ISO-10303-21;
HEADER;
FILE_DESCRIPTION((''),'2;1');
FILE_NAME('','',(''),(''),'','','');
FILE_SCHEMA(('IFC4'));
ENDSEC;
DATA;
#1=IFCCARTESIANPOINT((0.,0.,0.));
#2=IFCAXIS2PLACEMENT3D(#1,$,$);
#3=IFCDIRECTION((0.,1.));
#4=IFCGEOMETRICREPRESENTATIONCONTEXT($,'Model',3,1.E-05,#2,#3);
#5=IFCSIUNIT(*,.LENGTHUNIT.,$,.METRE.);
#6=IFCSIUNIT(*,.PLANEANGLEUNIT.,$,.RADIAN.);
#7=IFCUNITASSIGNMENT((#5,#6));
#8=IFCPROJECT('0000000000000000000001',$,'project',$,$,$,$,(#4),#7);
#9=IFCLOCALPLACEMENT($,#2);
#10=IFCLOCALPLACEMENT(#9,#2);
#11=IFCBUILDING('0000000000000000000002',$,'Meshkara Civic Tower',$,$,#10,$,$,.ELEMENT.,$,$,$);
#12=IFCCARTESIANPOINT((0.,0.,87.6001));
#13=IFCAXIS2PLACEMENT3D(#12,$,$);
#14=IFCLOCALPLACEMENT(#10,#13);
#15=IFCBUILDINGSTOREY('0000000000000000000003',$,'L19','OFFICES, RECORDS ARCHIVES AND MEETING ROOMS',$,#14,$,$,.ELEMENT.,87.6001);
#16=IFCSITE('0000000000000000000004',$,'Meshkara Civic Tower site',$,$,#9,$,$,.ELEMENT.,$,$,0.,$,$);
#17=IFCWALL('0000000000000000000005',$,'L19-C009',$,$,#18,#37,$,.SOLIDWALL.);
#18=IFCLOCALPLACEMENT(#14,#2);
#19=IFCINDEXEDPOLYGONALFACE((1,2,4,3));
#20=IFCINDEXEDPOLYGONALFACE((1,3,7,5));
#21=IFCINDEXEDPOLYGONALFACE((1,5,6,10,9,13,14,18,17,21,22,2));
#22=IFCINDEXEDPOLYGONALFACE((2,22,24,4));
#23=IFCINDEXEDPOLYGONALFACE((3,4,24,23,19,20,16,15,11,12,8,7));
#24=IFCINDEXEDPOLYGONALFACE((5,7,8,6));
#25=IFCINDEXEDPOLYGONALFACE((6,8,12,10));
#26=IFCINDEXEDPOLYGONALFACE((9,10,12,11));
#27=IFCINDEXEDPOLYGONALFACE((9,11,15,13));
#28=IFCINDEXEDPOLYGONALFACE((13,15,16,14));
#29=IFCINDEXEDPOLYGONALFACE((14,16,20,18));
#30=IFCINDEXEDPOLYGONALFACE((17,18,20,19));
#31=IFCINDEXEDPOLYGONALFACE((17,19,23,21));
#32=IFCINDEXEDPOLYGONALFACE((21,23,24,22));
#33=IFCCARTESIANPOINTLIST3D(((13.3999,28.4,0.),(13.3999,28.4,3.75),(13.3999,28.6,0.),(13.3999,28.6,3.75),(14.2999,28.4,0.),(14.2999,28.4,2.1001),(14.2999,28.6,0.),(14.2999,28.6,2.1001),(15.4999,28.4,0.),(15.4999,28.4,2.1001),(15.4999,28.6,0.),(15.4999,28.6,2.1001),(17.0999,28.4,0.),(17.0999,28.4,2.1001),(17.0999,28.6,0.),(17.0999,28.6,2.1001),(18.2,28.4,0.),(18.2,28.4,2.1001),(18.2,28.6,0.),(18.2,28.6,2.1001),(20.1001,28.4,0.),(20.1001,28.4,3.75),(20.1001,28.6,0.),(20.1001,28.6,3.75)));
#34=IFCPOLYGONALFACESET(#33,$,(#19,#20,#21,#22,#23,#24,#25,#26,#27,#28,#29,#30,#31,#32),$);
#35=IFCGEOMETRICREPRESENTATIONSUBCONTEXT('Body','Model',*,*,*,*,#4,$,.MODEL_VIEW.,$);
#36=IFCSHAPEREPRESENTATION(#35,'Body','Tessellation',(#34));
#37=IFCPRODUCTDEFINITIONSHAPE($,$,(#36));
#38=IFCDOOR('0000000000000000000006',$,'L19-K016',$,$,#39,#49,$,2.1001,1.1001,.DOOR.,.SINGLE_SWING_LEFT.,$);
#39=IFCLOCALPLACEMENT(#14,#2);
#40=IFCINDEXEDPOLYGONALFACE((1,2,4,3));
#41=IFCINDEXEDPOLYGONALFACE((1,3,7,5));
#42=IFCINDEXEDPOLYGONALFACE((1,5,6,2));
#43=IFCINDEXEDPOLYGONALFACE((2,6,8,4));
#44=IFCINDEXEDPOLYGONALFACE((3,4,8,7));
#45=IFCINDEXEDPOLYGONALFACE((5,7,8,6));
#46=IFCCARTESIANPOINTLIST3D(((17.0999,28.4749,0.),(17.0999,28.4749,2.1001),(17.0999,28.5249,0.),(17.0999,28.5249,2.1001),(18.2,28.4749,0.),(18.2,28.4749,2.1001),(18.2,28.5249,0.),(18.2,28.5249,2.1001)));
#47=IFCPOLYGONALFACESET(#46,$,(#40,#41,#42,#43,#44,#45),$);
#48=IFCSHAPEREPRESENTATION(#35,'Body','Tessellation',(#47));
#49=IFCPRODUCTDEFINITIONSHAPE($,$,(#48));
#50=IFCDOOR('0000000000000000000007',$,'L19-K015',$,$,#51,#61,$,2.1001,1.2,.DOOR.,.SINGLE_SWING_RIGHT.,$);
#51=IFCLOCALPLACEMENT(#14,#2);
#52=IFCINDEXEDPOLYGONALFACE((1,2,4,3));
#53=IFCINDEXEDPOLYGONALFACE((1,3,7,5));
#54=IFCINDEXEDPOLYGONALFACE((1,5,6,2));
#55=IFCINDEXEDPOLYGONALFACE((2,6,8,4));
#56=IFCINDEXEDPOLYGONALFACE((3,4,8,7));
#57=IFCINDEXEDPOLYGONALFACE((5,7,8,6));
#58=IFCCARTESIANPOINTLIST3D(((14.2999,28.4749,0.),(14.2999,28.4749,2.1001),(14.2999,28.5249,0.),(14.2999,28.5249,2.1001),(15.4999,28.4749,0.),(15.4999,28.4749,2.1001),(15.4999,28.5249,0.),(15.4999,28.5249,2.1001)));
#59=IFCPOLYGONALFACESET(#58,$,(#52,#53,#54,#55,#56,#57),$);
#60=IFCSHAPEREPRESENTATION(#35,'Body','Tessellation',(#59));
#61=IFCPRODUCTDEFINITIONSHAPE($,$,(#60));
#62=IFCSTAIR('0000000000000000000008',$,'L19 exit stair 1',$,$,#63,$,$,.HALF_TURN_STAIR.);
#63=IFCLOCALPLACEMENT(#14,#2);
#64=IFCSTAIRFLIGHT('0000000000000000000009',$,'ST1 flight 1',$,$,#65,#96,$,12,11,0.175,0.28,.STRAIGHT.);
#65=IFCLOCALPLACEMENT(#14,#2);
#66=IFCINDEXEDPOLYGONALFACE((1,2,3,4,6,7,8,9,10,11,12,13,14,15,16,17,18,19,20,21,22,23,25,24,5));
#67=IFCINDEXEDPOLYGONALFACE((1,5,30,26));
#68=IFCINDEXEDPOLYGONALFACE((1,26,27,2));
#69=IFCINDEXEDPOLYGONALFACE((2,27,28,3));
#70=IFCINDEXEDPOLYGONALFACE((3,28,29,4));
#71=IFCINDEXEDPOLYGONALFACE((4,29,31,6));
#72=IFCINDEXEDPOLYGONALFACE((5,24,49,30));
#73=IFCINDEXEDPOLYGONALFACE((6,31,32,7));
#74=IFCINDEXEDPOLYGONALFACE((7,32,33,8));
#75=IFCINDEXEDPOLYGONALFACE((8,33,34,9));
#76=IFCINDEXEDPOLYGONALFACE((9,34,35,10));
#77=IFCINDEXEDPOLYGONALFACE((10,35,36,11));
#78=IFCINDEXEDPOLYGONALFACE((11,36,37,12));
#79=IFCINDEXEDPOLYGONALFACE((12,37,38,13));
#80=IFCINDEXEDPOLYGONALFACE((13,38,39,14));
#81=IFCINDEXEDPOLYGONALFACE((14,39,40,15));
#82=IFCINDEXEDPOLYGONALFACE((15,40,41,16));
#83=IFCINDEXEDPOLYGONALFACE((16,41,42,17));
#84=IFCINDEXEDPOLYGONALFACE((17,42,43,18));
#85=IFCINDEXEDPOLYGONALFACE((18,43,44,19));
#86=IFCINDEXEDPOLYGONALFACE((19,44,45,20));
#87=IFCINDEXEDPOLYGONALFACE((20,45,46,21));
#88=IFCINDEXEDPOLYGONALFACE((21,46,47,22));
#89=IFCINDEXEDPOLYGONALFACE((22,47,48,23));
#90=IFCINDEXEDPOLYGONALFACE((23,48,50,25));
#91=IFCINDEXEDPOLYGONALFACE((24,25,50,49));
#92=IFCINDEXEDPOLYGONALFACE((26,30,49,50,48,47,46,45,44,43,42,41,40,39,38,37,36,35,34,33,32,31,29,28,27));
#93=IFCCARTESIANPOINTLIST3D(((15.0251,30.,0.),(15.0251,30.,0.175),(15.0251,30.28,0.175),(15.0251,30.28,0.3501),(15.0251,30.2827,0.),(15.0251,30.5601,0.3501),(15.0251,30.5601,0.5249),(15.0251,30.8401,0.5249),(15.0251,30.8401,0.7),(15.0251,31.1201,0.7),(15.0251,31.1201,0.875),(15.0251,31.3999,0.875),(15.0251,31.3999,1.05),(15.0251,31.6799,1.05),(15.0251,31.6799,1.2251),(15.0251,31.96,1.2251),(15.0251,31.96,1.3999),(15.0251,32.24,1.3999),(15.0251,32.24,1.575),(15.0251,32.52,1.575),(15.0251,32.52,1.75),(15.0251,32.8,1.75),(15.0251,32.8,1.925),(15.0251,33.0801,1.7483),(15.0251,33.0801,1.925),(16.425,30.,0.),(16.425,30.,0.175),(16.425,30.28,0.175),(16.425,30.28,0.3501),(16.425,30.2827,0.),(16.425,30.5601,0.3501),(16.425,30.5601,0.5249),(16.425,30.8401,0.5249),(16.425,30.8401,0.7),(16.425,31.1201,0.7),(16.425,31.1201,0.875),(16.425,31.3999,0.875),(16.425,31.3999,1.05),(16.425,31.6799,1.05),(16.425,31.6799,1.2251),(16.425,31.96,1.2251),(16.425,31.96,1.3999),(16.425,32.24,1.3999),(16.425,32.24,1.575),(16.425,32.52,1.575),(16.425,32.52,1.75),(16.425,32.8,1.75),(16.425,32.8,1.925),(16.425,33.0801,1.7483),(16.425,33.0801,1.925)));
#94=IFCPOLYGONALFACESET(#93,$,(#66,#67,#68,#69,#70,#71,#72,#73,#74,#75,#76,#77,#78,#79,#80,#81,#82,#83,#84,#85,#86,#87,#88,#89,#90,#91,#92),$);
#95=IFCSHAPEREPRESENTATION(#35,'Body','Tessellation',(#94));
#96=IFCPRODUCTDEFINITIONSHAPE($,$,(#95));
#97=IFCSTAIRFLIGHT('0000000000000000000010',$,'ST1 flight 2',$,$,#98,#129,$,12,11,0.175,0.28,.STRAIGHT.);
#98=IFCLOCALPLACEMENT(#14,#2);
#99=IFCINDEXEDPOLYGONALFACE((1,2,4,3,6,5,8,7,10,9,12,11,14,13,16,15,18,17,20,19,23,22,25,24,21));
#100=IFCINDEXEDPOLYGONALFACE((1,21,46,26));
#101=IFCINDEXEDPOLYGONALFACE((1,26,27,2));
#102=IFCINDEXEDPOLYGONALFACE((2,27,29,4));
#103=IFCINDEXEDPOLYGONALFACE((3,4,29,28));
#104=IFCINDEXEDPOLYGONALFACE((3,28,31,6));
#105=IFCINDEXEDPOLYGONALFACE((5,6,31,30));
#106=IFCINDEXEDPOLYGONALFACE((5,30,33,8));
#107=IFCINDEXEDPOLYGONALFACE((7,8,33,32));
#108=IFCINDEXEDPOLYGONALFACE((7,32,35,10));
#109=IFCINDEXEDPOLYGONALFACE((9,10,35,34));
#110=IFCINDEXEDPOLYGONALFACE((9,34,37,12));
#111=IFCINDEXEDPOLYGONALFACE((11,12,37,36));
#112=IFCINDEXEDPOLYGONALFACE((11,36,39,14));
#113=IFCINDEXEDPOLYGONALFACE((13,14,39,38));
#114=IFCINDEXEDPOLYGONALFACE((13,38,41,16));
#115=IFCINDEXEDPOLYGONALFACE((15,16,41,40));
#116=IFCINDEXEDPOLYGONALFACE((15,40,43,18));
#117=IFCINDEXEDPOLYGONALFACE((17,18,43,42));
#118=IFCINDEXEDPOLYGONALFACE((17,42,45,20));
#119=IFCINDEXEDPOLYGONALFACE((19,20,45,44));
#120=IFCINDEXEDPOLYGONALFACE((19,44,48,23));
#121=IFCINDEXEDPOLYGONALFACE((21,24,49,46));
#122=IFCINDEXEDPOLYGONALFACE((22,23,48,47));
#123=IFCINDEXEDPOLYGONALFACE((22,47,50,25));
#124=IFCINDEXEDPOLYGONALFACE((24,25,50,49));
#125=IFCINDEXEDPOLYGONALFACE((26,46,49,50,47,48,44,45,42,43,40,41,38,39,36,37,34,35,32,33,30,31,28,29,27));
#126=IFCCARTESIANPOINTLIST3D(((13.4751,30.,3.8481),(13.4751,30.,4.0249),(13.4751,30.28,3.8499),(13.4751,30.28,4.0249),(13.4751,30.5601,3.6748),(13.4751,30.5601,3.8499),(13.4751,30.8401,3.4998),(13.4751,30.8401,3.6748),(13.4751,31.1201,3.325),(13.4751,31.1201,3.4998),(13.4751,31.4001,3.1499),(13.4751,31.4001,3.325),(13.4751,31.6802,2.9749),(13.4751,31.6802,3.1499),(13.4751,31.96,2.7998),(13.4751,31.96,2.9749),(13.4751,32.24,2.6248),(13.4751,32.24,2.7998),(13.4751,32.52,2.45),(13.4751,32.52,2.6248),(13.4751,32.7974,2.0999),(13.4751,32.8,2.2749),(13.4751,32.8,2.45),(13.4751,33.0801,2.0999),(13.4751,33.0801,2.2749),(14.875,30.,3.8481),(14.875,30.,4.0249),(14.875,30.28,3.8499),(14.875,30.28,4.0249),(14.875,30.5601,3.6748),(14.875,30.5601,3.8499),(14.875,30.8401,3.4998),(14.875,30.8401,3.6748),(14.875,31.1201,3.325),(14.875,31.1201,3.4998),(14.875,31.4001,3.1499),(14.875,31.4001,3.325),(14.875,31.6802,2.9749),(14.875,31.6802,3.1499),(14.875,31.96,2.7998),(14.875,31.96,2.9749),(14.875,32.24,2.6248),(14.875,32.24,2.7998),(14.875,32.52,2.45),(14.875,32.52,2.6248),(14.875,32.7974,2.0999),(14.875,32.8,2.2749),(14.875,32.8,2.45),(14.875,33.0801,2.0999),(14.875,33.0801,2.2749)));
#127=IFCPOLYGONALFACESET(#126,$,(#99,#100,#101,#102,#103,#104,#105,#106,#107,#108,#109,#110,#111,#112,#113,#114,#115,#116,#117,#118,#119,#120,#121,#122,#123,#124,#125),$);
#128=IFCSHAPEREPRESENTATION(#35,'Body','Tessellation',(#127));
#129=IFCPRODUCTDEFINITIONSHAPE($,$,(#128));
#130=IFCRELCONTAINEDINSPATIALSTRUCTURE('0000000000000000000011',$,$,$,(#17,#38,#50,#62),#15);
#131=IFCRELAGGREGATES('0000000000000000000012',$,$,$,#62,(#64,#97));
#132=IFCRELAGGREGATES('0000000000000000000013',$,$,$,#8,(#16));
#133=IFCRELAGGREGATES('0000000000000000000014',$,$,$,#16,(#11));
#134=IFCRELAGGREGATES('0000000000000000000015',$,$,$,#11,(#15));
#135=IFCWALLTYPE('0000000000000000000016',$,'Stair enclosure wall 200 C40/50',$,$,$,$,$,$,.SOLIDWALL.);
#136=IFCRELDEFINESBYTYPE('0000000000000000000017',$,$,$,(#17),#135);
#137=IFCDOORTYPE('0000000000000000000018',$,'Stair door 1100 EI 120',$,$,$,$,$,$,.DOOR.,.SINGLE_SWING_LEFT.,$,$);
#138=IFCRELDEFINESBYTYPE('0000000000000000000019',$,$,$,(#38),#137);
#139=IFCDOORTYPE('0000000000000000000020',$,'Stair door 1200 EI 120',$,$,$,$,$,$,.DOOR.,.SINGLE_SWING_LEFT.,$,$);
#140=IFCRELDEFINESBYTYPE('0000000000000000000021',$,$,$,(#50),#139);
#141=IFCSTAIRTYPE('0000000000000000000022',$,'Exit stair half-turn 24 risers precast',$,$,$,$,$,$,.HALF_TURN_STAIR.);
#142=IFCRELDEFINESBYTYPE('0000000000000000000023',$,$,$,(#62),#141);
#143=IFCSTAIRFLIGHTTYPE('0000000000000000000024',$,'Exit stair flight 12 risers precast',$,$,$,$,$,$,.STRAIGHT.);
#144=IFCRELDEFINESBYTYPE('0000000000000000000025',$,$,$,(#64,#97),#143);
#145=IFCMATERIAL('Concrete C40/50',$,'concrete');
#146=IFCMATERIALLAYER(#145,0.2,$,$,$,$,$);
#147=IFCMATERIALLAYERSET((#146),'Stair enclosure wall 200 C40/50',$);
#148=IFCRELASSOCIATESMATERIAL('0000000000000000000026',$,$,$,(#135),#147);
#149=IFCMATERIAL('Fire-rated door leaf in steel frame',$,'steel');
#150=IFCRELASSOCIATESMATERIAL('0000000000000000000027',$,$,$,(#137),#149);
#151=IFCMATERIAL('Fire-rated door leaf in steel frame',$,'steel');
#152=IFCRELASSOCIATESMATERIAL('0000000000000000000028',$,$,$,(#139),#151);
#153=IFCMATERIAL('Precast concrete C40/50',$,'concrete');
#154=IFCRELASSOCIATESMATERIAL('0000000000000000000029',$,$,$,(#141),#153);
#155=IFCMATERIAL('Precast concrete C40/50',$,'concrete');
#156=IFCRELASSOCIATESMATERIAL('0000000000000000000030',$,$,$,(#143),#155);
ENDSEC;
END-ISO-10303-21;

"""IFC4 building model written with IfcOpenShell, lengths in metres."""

from ifc_helpers import new_model, si_unit, direction, frame, frame_2d, origin, place, context, subcontext, project, spatial, polyline, rectangle, outline, extrude, material, layer, layer_set, type_object, element, fill, aggregate, save


model = new_model("IFC4")

# Units and contexts
model_context = context("Model", 3, precision=1e-05, world=origin(), true_north=direction((0.0, 1.0)))
body_context = subcontext(model_context, "Body", "Model", "MODEL_VIEW")
ifc_project = project(units=[si_unit("LENGTHUNIT", "METRE"), si_unit("PLANEANGLEUNIT", "RADIAN")], contexts=[model_context])

# Site, building, storey
site_placement = place(None, origin())
site = spatial("IfcSite", under=ifc_project, at=site_placement, Name="Meshkara Civic Tower site", CompositionType="ELEMENT", RefElevation=0.0)
building_placement = place(site_placement, origin())
building = spatial("IfcBuilding", under=site, at=building_placement, Name="Meshkara Civic Tower", CompositionType="ELEMENT")
storey_placement = place(building_placement, frame((0.0, 0.0, 87.6001)))
storey = spatial("IfcBuildingStorey", under=building, at=storey_placement, Name="L19", Description="OFFICES, RECORDS ARCHIVES AND MEETING ROOMS", CompositionType="ELEMENT", Elevation=87.6001)

# Wall, openings, doors
ifc_material_1 = material(Name="Concrete C40/50", Category="concrete")
ifc_layer_1 = layer(ifc_material_1, 0.2)
ifc_layer_set_1 = layer_set([ifc_layer_1], Name="Stair enclosure wall 200 C40/50")
wall_type_1 = type_object("IfcWallType", Name="Stair enclosure wall 200 C40/50", PredefinedType="SOLIDWALL", material=ifc_layer_set_1)
wall_1_placement = place(storey_placement, frame((13.3999, 28.5, 0.0), z_axis=(0.0, 0.0, 1.0), x_axis=(1.0, 0.0, 0.0)))
wall_1 = element("IfcWall", 1, at=wall_1_placement, inside=storey, type_object=wall_type_1, Name="L19-C009", PredefinedType="SOLIDWALL", context=body_context, shape_type="SweptSolid", body=[
    extrude(rectangle(XDim=6.7002, YDim=0.2, at=frame_2d((3.3501, 0.0))), origin(), (0.0, 0.0, 1.0), 3.75),
])
opening_1_placement = place(wall_1_placement, frame((0.8999, 0.0, 0.0)))
opening_1 = element("IfcOpeningElement", 2, at=opening_1_placement, cuts=wall_1, PredefinedType="OPENING", context=body_context, shape_type="SweptSolid", body=[
    extrude(rectangle(XDim=1.2, YDim=2.1001, at=frame_2d((0.6001, 1.05))), frame((0.0, 0.1099, 0.0), z_axis=(0.0, -1.0, 0.0), x_axis=(1.0, 0.0, 0.0)), (0.0, 0.0, 1.0), 0.22),
])
opening_2_placement = place(wall_1_placement, frame((3.7, 0.0, 0.0)))
opening_2 = element("IfcOpeningElement", 3, at=opening_2_placement, cuts=wall_1, PredefinedType="OPENING", context=body_context, shape_type="SweptSolid", body=[
    extrude(rectangle(XDim=1.1001, YDim=2.1001, at=frame_2d((0.55, 1.05))), frame((0.0, 0.1099, 0.0), z_axis=(0.0, -1.0, 0.0), x_axis=(1.0, 0.0, 0.0)), (0.0, 0.0, 1.0), 0.22),
])
ifc_material_2 = material(Name="Fire-rated door leaf in steel frame", Category="steel")
door_type_1 = type_object("IfcDoorType", Name="Stair door 1100 EI 120", OperationType="SINGLE_SWING_LEFT", PredefinedType="DOOR", material=ifc_material_2)
door_1_placement = place(opening_2_placement, origin())
door_1 = element("IfcDoor", 4, at=door_1_placement, inside=storey, type_object=door_type_1, Name="L19-K016", OperationType="SINGLE_SWING_LEFT", OverallHeight=2.1001, OverallWidth=1.1001, PredefinedType="DOOR", context=body_context, shape_type="SweptSolid", body=[
    extrude(rectangle(XDim=1.1001, YDim=2.1001, at=frame_2d((0.55, 1.05))), frame((0.0, 0.0249, 0.0), z_axis=(0.0, -1.0, 0.0), x_axis=(1.0, 0.0, 0.0)), (0.0, 0.0, 1.0), 0.05),
])
fill(opening_2, door_1)
ifc_material_3 = material(Name="Fire-rated door leaf in steel frame", Category="steel")
door_type_2 = type_object("IfcDoorType", Name="Stair door 1200 EI 120", OperationType="SINGLE_SWING_LEFT", PredefinedType="DOOR", material=ifc_material_3)
door_2_placement = place(opening_1_placement, origin())
door_2 = element("IfcDoor", 5, at=door_2_placement, inside=storey, type_object=door_type_2, Name="L19-K015", OperationType="SINGLE_SWING_RIGHT", OverallHeight=2.1001, OverallWidth=1.2, PredefinedType="DOOR", context=body_context, shape_type="SweptSolid", body=[
    extrude(rectangle(XDim=1.2, YDim=2.1001, at=frame_2d((0.6001, 1.05))), frame((0.0, 0.0249, 0.0), z_axis=(0.0, -1.0, 0.0), x_axis=(1.0, 0.0, 0.0)), (0.0, 0.0, 1.0), 0.05),
])
fill(opening_1, door_2)

# Stair, stair flights
ifc_material_4 = material(Name="Precast concrete C40/50", Category="concrete")
stair_type = type_object("IfcStairType", Name="Exit stair half-turn 24 risers precast", PredefinedType="HALF_TURN_STAIR", material=ifc_material_4)
stair_placement = place(storey_placement, origin())
stair = element("IfcStair", 6, at=stair_placement, inside=storey, type_object=stair_type, Name="L19 exit stair 1", PredefinedType="HALF_TURN_STAIR")
ifc_material_5 = material(Name="Precast concrete C40/50", Category="concrete")
stair_flight_type = type_object("IfcStairFlightType", Name="Exit stair flight 12 risers precast", PredefinedType="STRAIGHT", material=ifc_material_5)
stair_flight_1_placement = place(storey_placement, frame((15.7251, 30.0, 0.0), z_axis=(0.0, 0.0, 1.0), x_axis=(0.0, 1.0, 0.0)))
stair_flight_1 = element("IfcStairFlight", 7, at=stair_flight_1_placement, type_object=stair_flight_type, Name="ST1 flight 1", NumberOfRisers=12, NumberOfTreads=11, PredefinedType="STRAIGHT", RiserHeight=0.175, TreadLength=0.28, context=body_context, shape_type="SweptSolid", body=[
    extrude(outline(polyline([(0.0, 0.0), (0.0, 0.175), (0.28, 0.175), (0.28, 0.3501), (0.5601, 0.3501), (0.5601, 0.5249), (0.8401, 0.5249), (0.8401, 0.7), (1.1201, 0.7), (1.1201, 0.875), (1.3999, 0.875), (1.3999, 1.05), (1.6799, 1.05), (1.6799, 1.2251), (1.96, 1.2251), (1.96, 1.3999), (2.24, 1.3999), (2.24, 1.575), (2.52, 1.575), (2.52, 1.75), (2.8, 1.75), (2.8, 1.925), (3.0801, 1.925), (3.0801, 2.1001), (3.0801, 1.7483), (0.2827, 0.0), (0.0, 0.0)])), frame((0.0, 0.7, 0.0), z_axis=(0.0, -1.0, 0.0), x_axis=(1.0, 0.0, 0.0)), (0.0, 0.0, 1.0), 1.3999),
])
stair_flight_2_placement = place(storey_placement, frame((14.175, 33.0801, 2.0999), z_axis=(0.0, 0.0, 1.0), x_axis=(0.0, -1.0, 0.0)))
stair_flight_2 = element("IfcStairFlight", 8, at=stair_flight_2_placement, type_object=stair_flight_type, Name="ST1 flight 2", NumberOfRisers=12, NumberOfTreads=11, PredefinedType="STRAIGHT", RiserHeight=0.175, TreadLength=0.28, context=body_context, shape_type="SweptSolid", body=[
    extrude(outline(polyline([(0.0, 0.0), (0.0, 0.175), (0.28, 0.175), (0.28, 0.3501), (0.5601, 0.3501), (0.5601, 0.5249), (0.8401, 0.5249), (0.8401, 0.7), (1.1201, 0.7), (1.1201, 0.875), (1.3999, 0.875), (1.3999, 1.05), (1.6799, 1.05), (1.6799, 1.2251), (1.96, 1.2251), (1.96, 1.3999), (2.24, 1.3999), (2.24, 1.575), (2.52, 1.575), (2.52, 1.75), (2.8, 1.75), (2.8, 1.925), (3.0801, 1.925), (3.0801, 2.1001), (3.0801, 1.7483), (0.2827, 0.0), (0.0, 0.0)])), frame((0.0, 0.7, 0.0), z_axis=(0.0, -1.0, 0.0), x_axis=(1.0, 0.0, 0.0)), (0.0, 0.0, 1.0), 1.3999),
])
aggregate(stair, [stair_flight_1, stair_flight_2])

save(model, "model.ifc")
